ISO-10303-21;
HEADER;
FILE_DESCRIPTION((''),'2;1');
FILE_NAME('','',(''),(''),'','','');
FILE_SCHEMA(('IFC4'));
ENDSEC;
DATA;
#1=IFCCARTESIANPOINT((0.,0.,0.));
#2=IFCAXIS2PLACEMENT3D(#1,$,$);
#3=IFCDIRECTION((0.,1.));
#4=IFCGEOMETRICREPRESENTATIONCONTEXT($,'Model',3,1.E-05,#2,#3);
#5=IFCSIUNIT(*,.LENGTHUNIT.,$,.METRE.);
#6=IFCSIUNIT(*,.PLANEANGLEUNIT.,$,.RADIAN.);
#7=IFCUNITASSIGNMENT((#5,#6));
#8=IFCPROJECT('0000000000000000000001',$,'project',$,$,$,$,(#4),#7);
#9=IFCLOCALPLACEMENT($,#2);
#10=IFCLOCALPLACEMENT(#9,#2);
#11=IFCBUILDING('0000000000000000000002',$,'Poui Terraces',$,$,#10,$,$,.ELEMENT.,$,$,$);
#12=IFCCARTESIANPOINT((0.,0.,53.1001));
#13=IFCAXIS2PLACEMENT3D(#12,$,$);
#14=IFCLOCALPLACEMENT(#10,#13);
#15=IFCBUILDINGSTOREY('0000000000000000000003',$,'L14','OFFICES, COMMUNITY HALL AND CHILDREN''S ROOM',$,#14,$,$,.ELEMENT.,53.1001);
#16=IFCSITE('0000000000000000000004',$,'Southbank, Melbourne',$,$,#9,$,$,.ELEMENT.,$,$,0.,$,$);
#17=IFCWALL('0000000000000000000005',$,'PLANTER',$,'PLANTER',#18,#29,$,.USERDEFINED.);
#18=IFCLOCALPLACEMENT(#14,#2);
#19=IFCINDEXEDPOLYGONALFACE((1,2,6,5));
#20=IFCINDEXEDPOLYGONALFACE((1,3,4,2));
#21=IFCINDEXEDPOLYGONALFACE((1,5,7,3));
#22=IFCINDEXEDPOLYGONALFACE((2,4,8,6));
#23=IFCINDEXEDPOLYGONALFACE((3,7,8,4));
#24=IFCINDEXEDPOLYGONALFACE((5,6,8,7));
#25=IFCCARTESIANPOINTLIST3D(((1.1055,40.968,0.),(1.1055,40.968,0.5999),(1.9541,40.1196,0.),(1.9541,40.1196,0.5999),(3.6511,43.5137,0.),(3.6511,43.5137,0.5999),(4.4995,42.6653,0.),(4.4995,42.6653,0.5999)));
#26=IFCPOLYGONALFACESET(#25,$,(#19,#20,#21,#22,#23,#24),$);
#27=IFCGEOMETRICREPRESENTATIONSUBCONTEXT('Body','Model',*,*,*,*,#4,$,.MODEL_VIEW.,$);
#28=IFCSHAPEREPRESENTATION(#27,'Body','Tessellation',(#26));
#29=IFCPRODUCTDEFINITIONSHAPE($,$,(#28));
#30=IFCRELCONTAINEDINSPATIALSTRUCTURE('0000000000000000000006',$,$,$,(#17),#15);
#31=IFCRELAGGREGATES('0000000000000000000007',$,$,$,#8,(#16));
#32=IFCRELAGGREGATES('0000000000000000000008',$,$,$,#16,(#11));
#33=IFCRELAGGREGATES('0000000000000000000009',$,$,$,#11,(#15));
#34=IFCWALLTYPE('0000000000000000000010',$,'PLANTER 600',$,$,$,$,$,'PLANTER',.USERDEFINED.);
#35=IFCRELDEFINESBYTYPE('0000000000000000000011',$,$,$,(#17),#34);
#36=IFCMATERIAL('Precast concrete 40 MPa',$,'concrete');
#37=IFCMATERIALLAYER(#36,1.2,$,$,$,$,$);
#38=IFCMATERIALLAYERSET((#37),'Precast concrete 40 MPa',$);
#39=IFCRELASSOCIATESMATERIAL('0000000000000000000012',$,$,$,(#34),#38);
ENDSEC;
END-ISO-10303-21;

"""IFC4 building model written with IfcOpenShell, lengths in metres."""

from ifc_helpers import new_model, si_unit, direction, frame, origin, place, context, subcontext, project, spatial, polyline, outline, extrude, source, transform, mapped, material, layer, layer_set, type_object, element, save


model = new_model("IFC4")

# Units and contexts
model_context = context("Model", 3, precision=1e-05, world=origin(), true_north=direction((0.0, 1.0)))
body_context = subcontext(model_context, "Body", "Model", "MODEL_VIEW")
ifc_project = project(units=[si_unit("LENGTHUNIT", "METRE"), si_unit("PLANEANGLEUNIT", "RADIAN")], contexts=[model_context])

# Site, building, storey
site_placement = place(None, origin())
site = spatial("IfcSite", under=ifc_project, at=site_placement, Name="Southbank, Melbourne", CompositionType="ELEMENT", RefElevation=0.0)
building_placement = place(site_placement, origin())
building = spatial("IfcBuilding", under=site, at=building_placement, Name="Poui Terraces", CompositionType="ELEMENT")
storey_placement = place(building_placement, frame((0.0, 0.0, 53.1001)))
storey = spatial("IfcBuildingStorey", under=building, at=storey_placement, Name="L14", Description="OFFICES, COMMUNITY HALL AND CHILDREN'S ROOM", CompositionType="ELEMENT", Elevation=53.1001)

# Wall
ifc_material_1 = material(Name="Precast concrete 40 MPa", Category="concrete")
ifc_layer_1 = layer(ifc_material_1, 1.2)
ifc_layer_set_1 = layer_set([ifc_layer_1], Name="Precast concrete 40 MPa")
wall_type_1 = type_object("IfcWallType", Name="PLANTER 600", ElementType="PLANTER", PredefinedType="USERDEFINED", material=ifc_layer_set_1)
shared_shape_1 = source(origin(), body_context, "Body", "SweptSolid", [
    extrude(outline(polyline([(0.0, 0.0), (0.8486, -0.8484), (3.394, 1.6973), (2.5457, 2.5457), (0.0, 0.0)])), origin(), (0.0, 0.0, 1.0), 0.5999),
])
wall_1_placement = place(storey_placement, frame((1.1055, 40.968, 0.0)))
element("IfcWall", 1, at=wall_1_placement, inside=storey, type_object=wall_type_1, Name="PLANTER", ObjectType="PLANTER", PredefinedType="USERDEFINED", context=body_context, shape_type="MappedRepresentation", body=[
    mapped(shared_shape_1, transform((0.0, 0.0, 0.0))),
])

save(model, "model.ifc")
